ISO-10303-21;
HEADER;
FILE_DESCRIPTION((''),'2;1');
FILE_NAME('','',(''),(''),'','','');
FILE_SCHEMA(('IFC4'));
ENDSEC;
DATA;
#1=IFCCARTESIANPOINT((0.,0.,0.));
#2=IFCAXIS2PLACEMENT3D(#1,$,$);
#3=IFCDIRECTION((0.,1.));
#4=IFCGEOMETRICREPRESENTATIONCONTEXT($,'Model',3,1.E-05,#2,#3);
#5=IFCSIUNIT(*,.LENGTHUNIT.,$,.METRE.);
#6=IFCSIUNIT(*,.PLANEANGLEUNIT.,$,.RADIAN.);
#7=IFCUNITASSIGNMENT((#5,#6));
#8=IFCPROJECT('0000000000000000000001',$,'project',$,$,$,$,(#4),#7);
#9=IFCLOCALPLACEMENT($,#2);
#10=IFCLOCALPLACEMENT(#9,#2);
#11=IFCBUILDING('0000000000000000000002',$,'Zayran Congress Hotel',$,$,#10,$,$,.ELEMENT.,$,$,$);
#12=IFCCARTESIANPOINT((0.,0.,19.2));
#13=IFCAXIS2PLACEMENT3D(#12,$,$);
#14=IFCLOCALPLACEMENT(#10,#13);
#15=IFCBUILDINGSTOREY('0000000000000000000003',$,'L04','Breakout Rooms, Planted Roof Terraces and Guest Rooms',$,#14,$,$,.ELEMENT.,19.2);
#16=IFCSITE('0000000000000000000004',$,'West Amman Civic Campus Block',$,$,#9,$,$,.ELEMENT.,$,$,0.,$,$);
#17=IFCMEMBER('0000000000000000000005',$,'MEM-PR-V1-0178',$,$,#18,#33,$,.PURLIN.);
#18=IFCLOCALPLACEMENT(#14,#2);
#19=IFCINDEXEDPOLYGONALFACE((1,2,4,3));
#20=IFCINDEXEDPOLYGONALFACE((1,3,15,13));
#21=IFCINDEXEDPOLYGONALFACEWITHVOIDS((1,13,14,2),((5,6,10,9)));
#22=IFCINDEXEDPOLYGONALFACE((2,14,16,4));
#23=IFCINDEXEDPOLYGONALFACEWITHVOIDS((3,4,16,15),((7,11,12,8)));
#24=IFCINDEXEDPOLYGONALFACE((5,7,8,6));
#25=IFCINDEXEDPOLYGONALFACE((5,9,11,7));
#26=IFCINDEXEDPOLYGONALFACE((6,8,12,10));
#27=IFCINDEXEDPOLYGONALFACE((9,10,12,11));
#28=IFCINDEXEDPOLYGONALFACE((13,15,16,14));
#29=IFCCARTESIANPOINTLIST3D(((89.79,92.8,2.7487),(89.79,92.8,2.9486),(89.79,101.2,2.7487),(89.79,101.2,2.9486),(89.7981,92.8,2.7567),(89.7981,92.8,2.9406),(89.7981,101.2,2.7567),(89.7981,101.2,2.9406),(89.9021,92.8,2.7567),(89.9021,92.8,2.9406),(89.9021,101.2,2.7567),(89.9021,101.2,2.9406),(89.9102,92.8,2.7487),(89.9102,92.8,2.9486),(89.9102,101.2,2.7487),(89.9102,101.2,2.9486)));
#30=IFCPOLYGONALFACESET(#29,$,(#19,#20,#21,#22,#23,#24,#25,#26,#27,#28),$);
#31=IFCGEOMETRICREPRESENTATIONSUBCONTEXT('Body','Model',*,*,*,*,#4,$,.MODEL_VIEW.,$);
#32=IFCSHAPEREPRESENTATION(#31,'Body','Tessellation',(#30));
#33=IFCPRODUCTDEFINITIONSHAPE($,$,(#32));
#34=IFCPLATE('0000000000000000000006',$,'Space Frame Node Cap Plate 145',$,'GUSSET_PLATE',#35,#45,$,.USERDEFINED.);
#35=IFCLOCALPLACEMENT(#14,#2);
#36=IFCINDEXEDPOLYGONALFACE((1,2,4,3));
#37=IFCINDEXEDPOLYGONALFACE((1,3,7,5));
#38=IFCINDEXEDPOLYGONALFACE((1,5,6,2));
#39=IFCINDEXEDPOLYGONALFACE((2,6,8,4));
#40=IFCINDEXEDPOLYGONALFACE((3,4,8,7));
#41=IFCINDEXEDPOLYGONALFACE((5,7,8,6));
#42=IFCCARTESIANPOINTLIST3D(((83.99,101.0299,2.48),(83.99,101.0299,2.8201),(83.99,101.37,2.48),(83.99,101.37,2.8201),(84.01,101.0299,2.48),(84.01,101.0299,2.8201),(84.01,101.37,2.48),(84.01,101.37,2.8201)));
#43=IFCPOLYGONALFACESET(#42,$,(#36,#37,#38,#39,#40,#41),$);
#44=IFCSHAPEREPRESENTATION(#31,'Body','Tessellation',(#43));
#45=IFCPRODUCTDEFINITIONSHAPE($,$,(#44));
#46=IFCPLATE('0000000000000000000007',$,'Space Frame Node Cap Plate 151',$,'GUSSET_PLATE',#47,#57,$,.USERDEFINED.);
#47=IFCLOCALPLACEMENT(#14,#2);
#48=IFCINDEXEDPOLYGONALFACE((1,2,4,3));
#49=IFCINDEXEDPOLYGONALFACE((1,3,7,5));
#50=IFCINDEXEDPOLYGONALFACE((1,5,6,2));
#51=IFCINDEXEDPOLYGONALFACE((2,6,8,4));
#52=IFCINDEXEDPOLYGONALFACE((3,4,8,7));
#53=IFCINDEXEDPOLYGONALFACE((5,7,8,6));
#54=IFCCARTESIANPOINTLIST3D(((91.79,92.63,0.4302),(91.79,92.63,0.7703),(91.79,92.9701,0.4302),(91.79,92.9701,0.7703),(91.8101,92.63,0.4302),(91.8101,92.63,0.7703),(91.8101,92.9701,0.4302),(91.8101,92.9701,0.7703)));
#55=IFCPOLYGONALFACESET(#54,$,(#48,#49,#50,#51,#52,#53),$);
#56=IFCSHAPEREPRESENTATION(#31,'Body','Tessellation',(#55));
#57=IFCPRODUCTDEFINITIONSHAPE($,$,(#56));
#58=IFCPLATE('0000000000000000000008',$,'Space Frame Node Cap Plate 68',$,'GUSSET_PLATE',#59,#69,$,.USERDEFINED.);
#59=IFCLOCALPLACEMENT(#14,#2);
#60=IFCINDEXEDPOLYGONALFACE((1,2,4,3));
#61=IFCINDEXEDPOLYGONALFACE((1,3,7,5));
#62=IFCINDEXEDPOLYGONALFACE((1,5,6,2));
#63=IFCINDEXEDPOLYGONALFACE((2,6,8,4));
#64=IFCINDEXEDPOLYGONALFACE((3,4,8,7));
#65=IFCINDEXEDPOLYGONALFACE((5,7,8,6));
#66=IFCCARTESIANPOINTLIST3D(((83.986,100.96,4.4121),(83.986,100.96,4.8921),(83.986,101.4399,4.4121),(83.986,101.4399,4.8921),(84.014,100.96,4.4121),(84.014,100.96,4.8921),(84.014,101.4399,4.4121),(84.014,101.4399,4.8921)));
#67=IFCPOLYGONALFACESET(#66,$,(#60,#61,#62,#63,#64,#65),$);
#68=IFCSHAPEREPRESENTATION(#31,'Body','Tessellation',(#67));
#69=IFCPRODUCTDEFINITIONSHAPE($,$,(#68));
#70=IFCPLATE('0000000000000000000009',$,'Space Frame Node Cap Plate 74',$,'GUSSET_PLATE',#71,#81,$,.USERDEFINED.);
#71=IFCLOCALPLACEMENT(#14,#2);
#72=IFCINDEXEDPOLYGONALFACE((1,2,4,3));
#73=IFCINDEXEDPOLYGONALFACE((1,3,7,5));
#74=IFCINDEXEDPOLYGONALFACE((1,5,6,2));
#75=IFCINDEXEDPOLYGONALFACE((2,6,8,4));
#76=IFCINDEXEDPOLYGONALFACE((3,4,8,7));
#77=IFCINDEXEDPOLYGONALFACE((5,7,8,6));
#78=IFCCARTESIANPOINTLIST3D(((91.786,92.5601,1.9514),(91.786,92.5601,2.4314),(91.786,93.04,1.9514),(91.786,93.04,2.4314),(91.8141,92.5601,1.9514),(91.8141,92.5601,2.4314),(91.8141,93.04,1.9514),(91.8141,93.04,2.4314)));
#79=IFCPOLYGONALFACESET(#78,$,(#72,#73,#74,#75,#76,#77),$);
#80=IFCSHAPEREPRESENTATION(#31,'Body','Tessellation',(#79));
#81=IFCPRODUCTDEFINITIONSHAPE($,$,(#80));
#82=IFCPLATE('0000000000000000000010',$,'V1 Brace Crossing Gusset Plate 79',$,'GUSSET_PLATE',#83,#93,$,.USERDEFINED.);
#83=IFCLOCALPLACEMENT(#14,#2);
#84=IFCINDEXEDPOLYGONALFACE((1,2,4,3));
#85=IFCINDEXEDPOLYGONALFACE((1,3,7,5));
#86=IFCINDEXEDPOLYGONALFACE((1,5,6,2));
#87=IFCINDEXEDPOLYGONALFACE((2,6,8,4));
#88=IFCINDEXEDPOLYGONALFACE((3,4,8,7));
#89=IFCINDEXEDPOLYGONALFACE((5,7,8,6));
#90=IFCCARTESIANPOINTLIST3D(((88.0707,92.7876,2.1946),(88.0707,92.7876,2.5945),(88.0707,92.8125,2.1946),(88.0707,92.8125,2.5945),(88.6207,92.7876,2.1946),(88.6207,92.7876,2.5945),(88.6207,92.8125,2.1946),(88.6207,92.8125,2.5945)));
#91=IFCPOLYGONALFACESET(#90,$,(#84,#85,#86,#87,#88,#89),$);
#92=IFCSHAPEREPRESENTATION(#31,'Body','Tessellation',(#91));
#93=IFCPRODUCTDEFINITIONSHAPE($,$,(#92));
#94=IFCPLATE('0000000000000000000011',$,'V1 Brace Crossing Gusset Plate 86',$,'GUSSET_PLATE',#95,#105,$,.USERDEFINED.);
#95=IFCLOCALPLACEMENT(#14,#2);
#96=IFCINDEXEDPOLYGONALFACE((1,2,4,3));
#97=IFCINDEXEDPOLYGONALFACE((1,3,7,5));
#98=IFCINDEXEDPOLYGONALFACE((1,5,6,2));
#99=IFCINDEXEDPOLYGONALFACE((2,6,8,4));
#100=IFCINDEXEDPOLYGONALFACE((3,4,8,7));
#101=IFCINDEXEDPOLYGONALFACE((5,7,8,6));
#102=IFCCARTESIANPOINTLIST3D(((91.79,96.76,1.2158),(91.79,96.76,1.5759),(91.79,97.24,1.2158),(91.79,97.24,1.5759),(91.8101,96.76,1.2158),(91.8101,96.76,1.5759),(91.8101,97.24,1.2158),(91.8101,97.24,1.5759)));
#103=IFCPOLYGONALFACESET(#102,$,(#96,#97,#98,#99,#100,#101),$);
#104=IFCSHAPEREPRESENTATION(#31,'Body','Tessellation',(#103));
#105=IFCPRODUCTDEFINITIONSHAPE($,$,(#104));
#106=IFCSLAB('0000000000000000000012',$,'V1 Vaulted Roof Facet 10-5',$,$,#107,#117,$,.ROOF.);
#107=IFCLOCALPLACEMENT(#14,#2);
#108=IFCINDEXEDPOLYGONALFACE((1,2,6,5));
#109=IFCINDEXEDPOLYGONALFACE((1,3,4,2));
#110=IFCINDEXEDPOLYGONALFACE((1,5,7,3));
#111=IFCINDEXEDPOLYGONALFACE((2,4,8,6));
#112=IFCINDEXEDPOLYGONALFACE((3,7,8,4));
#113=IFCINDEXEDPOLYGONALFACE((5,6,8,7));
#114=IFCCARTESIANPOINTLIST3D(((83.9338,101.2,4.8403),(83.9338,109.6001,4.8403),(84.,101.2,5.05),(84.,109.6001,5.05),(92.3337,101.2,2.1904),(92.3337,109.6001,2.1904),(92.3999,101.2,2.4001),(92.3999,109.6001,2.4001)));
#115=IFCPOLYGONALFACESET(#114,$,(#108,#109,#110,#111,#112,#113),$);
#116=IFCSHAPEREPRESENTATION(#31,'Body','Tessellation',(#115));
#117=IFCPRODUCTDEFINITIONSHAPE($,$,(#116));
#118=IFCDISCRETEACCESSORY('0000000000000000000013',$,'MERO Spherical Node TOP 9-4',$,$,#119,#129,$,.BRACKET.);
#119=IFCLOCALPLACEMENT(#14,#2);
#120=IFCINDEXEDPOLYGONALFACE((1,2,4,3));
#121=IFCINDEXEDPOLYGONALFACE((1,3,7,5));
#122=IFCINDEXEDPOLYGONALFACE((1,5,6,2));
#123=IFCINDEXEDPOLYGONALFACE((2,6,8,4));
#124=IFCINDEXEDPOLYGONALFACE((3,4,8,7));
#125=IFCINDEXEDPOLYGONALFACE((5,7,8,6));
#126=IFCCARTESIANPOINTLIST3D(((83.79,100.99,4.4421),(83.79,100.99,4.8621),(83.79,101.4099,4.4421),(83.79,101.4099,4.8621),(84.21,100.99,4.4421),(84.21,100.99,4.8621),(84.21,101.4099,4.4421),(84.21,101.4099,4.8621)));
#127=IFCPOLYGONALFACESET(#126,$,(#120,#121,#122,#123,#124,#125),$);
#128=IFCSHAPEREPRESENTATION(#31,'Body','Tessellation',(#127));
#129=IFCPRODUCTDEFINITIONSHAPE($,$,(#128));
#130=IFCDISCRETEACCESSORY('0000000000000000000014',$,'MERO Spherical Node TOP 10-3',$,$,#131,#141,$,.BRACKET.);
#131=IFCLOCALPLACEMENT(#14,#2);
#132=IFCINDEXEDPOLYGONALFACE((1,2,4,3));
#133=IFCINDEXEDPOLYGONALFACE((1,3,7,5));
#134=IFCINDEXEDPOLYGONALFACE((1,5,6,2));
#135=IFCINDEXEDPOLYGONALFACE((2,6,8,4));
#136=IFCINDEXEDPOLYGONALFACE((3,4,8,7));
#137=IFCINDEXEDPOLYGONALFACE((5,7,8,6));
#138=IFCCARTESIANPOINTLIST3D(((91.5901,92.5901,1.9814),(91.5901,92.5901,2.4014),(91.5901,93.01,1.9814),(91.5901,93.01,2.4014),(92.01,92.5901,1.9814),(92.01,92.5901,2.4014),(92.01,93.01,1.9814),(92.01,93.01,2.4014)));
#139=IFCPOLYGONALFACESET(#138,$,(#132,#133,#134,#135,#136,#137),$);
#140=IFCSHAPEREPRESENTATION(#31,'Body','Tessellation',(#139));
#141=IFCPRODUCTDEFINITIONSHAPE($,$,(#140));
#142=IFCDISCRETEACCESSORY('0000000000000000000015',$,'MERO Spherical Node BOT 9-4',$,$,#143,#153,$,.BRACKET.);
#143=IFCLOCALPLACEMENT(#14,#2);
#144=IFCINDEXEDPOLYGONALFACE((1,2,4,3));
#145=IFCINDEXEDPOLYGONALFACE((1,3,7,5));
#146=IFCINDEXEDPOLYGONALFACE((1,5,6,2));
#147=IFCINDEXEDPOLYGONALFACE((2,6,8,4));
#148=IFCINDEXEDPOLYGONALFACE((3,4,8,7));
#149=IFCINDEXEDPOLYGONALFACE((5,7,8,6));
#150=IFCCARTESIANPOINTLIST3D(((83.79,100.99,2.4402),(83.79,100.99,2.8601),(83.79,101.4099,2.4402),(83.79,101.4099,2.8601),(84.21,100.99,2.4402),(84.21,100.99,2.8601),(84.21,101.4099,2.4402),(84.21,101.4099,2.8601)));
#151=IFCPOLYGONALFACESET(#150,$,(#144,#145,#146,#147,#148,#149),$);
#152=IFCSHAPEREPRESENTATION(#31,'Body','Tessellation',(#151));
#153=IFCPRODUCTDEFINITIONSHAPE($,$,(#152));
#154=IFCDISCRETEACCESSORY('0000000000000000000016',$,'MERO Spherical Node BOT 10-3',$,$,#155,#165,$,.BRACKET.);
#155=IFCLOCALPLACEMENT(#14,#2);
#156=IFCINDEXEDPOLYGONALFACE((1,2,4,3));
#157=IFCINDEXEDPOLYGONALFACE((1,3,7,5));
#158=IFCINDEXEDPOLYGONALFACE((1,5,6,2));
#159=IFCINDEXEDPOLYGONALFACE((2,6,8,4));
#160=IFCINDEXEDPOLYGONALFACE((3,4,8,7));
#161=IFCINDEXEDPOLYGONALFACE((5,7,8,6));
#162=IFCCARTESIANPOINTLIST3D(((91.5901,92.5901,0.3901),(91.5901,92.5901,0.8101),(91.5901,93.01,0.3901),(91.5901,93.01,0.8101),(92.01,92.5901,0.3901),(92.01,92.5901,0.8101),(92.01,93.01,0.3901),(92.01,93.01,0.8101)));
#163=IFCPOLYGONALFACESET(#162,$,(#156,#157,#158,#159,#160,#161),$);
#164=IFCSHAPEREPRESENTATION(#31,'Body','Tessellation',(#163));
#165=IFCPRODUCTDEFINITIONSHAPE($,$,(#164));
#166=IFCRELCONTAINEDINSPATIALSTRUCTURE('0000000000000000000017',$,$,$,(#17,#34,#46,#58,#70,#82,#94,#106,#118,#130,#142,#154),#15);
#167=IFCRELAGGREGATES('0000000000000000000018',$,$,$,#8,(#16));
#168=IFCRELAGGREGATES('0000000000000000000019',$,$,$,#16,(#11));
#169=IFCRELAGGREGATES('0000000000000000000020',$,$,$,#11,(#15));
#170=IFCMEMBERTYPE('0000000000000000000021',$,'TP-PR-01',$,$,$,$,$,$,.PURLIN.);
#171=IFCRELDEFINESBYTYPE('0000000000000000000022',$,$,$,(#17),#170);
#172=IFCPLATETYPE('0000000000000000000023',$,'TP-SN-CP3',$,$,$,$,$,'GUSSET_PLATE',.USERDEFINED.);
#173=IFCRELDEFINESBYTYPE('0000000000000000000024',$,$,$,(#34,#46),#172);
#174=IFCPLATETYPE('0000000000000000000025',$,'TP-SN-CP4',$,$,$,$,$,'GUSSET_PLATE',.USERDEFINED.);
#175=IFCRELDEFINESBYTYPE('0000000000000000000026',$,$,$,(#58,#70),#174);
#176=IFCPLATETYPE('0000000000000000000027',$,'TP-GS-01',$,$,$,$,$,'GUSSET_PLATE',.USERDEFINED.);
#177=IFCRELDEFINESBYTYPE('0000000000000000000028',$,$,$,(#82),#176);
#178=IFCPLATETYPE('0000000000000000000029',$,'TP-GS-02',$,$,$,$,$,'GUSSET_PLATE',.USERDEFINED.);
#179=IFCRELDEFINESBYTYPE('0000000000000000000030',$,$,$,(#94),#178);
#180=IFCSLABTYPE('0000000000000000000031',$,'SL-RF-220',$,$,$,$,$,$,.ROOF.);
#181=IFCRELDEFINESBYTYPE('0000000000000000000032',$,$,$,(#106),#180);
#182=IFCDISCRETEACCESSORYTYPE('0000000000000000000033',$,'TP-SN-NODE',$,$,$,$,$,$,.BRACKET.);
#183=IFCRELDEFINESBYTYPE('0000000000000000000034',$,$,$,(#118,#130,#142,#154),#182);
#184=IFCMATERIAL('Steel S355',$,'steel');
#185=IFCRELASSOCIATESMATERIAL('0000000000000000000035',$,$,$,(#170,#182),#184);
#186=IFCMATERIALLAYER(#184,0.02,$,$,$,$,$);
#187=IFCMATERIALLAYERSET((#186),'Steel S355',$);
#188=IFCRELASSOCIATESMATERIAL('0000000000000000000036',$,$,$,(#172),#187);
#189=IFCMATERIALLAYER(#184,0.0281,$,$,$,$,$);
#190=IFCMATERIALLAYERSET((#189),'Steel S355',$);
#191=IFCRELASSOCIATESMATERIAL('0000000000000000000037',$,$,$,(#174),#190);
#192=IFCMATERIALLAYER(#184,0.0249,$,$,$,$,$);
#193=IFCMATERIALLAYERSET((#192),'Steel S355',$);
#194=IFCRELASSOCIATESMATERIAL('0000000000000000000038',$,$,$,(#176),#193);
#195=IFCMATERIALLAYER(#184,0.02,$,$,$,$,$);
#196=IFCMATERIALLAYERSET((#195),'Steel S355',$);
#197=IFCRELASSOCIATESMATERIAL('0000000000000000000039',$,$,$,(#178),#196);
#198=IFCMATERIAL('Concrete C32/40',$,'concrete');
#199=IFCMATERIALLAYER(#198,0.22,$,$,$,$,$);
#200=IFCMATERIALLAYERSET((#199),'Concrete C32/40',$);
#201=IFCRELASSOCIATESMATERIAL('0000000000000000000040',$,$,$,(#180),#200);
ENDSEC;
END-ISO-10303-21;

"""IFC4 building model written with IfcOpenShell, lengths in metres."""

from ifc_helpers import new_model, si_unit, direction, frame, origin, origin_2d, place, context, subcontext, project, spatial, polyline, rectangle, hollow_rectangle, outline, extrude, material, layer, layer_set, material_profile, profile_set, type_object, element, save


model = new_model("IFC4")

# Units and contexts
model_context = context("Model", 3, precision=1e-05, world=origin(), true_north=direction((0.0, 1.0)))
body_context = subcontext(model_context, "Body", "Model", "MODEL_VIEW")
ifc_project = project(units=[si_unit("LENGTHUNIT", "METRE"), si_unit("PLANEANGLEUNIT", "RADIAN")], contexts=[model_context])

# Site, building, storey
site_placement = place(None, origin())
site = spatial("IfcSite", under=ifc_project, at=site_placement, Name="West Amman Civic Campus Block", CompositionType="ELEMENT", RefElevation=0.0)
building_placement = place(site_placement, origin())
building = spatial("IfcBuilding", under=site, at=building_placement, Name="Zayran Congress Hotel", CompositionType="ELEMENT")
storey_placement = place(building_placement, frame((0.0, 0.0, 19.2)))
storey = spatial("IfcBuildingStorey", under=building, at=storey_placement, Name="L04", Description="Breakout Rooms, Planted Roof Terraces and Guest Rooms", CompositionType="ELEMENT", Elevation=19.2)

# Shared definitions
ifc_material_1 = material(Name="Steel S355", Category="steel")

# Member
ifc_material_profile_1 = material_profile(ifc_material_1, hollow_rectangle(XDim=0.1201, YDim=0.2, WallThickness=0.0081, at=origin_2d()), Name="RHS 200x120x8")
ifc_profile_set_1 = profile_set([ifc_material_profile_1], Name="Steel S355")
member_type_1 = type_object("IfcMemberType", Name="TP-PR-01", PredefinedType="PURLIN", material=ifc_profile_set_1)
for number, where, z_axis, x_axis, name in (
    (1, (89.8501, 92.8, 2.8486), (0.0, 1.0, 0.0), (-1.0, 0.0, 0.0), "MEM-PR-V1-0178"),
):
    element("IfcMember", number, at=place(storey_placement, frame(where, z_axis=z_axis, x_axis=x_axis)), inside=storey, type_object=member_type_1, Name=name, PredefinedType="PURLIN", context=body_context, shape_type="SweptSolid", body=[
        extrude(hollow_rectangle(XDim=0.1201, YDim=0.2, WallThickness=0.0081, at=origin_2d()), origin(), (0.0, 0.0, 1.0), 8.3999),
    ])

# Plates
ifc_layer_1 = layer(ifc_material_1, 0.02)
ifc_layer_set_1 = layer_set([ifc_layer_1], Name="Steel S355")
plate_type_1 = type_object("IfcPlateType", Name="TP-SN-CP3", ElementType="GUSSET_PLATE", PredefinedType="USERDEFINED", material=ifc_layer_set_1)
for number, where, z_axis, x_axis, name in (
    (2, (84.0, 101.2, 2.48), (0.0, 0.0, 1.0), (0.0, 1.0, 0.0), "Space Frame Node Cap Plate 145"),
    (3, (91.8, 92.8, 0.4302), (0.0, 0.0, 1.0), (0.0, 1.0, 0.0), "Space Frame Node Cap Plate 151"),
):
    element("IfcPlate", number, at=place(storey_placement, frame(where, z_axis=z_axis, x_axis=x_axis)), inside=storey, type_object=plate_type_1, Name=name, ObjectType="GUSSET_PLATE", PredefinedType="USERDEFINED", context=body_context, shape_type="SweptSolid", body=[
        extrude(rectangle(XDim=0.3401, YDim=0.02, at=origin_2d()), origin(), (0.0, 0.0, 1.0), 0.3401),
    ])
ifc_layer_2 = layer(ifc_material_1, 0.0281)
ifc_layer_set_2 = layer_set([ifc_layer_2], Name="Steel S355")
plate_type_2 = type_object("IfcPlateType", Name="TP-SN-CP4", ElementType="GUSSET_PLATE", PredefinedType="USERDEFINED", material=ifc_layer_set_2)
for number, where, z_axis, x_axis, name in (
    (4, (84.0, 101.2, 4.4121), (0.0, 0.0, 1.0), (0.0, 1.0, 0.0), "Space Frame Node Cap Plate 68"),
    (5, (91.8, 92.8, 1.9514), (0.0, 0.0, 1.0), (0.0, 1.0, 0.0), "Space Frame Node Cap Plate 74"),
):
    element("IfcPlate", number, at=place(storey_placement, frame(where, z_axis=z_axis, x_axis=x_axis)), inside=storey, type_object=plate_type_2, Name=name, ObjectType="GUSSET_PLATE", PredefinedType="USERDEFINED", context=body_context, shape_type="SweptSolid", body=[
        extrude(rectangle(XDim=0.48, YDim=0.0281, at=origin_2d()), origin(), (0.0, 0.0, 1.0), 0.48),
    ])
ifc_layer_3 = layer(ifc_material_1, 0.0249)
ifc_layer_set_3 = layer_set([ifc_layer_3], Name="Steel S355")
plate_type_3 = type_object("IfcPlateType", Name="TP-GS-01", ElementType="GUSSET_PLATE", PredefinedType="USERDEFINED", material=ifc_layer_set_3)
plate_1_placement = place(storey_placement, frame((88.3457, 92.8, 2.1946), z_axis=(0.0, 0.0, 1.0), x_axis=(1.0, 0.0, 0.0)))
element("IfcPlate", 6, at=plate_1_placement, inside=storey, type_object=plate_type_3, Name="V1 Brace Crossing Gusset Plate 79", ObjectType="GUSSET_PLATE", PredefinedType="USERDEFINED", context=body_context, shape_type="SweptSolid", body=[
    extrude(rectangle(XDim=0.55, YDim=0.0249, at=origin_2d()), origin(), (0.0, 0.0, 1.0), 0.3999),
])
ifc_layer_4 = layer(ifc_material_1, 0.02)
ifc_layer_set_4 = layer_set([ifc_layer_4], Name="Steel S355")
plate_type_4 = type_object("IfcPlateType", Name="TP-GS-02", ElementType="GUSSET_PLATE", PredefinedType="USERDEFINED", material=ifc_layer_set_4)
plate_2_placement = place(storey_placement, frame((91.8, 97.0, 1.2158), z_axis=(0.0, 0.0, 1.0), x_axis=(0.0, 1.0, 0.0)))
element("IfcPlate", 7, at=plate_2_placement, inside=storey, type_object=plate_type_4, Name="V1 Brace Crossing Gusset Plate 86", ObjectType="GUSSET_PLATE", PredefinedType="USERDEFINED", context=body_context, shape_type="SweptSolid", body=[
    extrude(rectangle(XDim=0.48, YDim=0.02, at=origin_2d()), origin(), (0.0, 0.0, 1.0), 0.3601),
])

# Slab
ifc_material_2 = material(Name="Concrete C32/40", Category="concrete")
ifc_layer_5 = layer(ifc_material_2, 0.22)
ifc_layer_set_5 = layer_set([ifc_layer_5], Name="Concrete C32/40")
slab_type = type_object("IfcSlabType", Name="SL-RF-220", PredefinedType="ROOF", material=ifc_layer_set_5)
slab_placement = place(storey_placement, frame((84.0, 101.2, 5.05), z_axis=(0.300853, 0.0, 0.953671), x_axis=(0.953671, 0.0, -0.300853)))
element("IfcSlab", 8, at=slab_placement, inside=storey, type_object=slab_type, Name="V1 Vaulted Roof Facet 10-5", PredefinedType="ROOF", context=body_context, shape_type="SweptSolid", body=[
    extrude(outline(polyline([(0.0, 0.0), (8.808, 0.0), (8.808, 8.4001), (0.0, 8.4001), (0.0, 0.0)])), origin(), (0.0, 0.0, -1.0), 0.22),
])

# Discrete accessories
discrete_accessory_type = type_object("IfcDiscreteAccessoryType", Name="TP-SN-NODE", PredefinedType="BRACKET", material=ifc_material_1)
for number, where, z_axis, x_axis, name in (
    (9, (84.0, 101.2, 4.4421), (0.0, 0.0, 1.0), (1.0, 0.0, 0.0), "MERO Spherical Node TOP 9-4"),
    (10, (91.8, 92.8, 1.9814), (0.0, 0.0, 1.0), (1.0, 0.0, 0.0), "MERO Spherical Node TOP 10-3"),
    (11, (84.0, 101.2, 2.4402), (0.0, 0.0, 1.0), (1.0, 0.0, 0.0), "MERO Spherical Node BOT 9-4"),
    (12, (91.8, 92.8, 0.3901), (0.0, 0.0, 1.0), (1.0, 0.0, 0.0), "MERO Spherical Node BOT 10-3"),
):
    element("IfcDiscreteAccessory", number, at=place(storey_placement, frame(where, z_axis=z_axis, x_axis=x_axis)), inside=storey, type_object=discrete_accessory_type, Name=name, PredefinedType="BRACKET", context=body_context, shape_type="SweptSolid", body=[
        extrude(rectangle(XDim=0.4199, YDim=0.4199, at=origin_2d()), origin(), (0.0, 0.0, 1.0), 0.4199),
    ])

save(model, "model.ifc")
